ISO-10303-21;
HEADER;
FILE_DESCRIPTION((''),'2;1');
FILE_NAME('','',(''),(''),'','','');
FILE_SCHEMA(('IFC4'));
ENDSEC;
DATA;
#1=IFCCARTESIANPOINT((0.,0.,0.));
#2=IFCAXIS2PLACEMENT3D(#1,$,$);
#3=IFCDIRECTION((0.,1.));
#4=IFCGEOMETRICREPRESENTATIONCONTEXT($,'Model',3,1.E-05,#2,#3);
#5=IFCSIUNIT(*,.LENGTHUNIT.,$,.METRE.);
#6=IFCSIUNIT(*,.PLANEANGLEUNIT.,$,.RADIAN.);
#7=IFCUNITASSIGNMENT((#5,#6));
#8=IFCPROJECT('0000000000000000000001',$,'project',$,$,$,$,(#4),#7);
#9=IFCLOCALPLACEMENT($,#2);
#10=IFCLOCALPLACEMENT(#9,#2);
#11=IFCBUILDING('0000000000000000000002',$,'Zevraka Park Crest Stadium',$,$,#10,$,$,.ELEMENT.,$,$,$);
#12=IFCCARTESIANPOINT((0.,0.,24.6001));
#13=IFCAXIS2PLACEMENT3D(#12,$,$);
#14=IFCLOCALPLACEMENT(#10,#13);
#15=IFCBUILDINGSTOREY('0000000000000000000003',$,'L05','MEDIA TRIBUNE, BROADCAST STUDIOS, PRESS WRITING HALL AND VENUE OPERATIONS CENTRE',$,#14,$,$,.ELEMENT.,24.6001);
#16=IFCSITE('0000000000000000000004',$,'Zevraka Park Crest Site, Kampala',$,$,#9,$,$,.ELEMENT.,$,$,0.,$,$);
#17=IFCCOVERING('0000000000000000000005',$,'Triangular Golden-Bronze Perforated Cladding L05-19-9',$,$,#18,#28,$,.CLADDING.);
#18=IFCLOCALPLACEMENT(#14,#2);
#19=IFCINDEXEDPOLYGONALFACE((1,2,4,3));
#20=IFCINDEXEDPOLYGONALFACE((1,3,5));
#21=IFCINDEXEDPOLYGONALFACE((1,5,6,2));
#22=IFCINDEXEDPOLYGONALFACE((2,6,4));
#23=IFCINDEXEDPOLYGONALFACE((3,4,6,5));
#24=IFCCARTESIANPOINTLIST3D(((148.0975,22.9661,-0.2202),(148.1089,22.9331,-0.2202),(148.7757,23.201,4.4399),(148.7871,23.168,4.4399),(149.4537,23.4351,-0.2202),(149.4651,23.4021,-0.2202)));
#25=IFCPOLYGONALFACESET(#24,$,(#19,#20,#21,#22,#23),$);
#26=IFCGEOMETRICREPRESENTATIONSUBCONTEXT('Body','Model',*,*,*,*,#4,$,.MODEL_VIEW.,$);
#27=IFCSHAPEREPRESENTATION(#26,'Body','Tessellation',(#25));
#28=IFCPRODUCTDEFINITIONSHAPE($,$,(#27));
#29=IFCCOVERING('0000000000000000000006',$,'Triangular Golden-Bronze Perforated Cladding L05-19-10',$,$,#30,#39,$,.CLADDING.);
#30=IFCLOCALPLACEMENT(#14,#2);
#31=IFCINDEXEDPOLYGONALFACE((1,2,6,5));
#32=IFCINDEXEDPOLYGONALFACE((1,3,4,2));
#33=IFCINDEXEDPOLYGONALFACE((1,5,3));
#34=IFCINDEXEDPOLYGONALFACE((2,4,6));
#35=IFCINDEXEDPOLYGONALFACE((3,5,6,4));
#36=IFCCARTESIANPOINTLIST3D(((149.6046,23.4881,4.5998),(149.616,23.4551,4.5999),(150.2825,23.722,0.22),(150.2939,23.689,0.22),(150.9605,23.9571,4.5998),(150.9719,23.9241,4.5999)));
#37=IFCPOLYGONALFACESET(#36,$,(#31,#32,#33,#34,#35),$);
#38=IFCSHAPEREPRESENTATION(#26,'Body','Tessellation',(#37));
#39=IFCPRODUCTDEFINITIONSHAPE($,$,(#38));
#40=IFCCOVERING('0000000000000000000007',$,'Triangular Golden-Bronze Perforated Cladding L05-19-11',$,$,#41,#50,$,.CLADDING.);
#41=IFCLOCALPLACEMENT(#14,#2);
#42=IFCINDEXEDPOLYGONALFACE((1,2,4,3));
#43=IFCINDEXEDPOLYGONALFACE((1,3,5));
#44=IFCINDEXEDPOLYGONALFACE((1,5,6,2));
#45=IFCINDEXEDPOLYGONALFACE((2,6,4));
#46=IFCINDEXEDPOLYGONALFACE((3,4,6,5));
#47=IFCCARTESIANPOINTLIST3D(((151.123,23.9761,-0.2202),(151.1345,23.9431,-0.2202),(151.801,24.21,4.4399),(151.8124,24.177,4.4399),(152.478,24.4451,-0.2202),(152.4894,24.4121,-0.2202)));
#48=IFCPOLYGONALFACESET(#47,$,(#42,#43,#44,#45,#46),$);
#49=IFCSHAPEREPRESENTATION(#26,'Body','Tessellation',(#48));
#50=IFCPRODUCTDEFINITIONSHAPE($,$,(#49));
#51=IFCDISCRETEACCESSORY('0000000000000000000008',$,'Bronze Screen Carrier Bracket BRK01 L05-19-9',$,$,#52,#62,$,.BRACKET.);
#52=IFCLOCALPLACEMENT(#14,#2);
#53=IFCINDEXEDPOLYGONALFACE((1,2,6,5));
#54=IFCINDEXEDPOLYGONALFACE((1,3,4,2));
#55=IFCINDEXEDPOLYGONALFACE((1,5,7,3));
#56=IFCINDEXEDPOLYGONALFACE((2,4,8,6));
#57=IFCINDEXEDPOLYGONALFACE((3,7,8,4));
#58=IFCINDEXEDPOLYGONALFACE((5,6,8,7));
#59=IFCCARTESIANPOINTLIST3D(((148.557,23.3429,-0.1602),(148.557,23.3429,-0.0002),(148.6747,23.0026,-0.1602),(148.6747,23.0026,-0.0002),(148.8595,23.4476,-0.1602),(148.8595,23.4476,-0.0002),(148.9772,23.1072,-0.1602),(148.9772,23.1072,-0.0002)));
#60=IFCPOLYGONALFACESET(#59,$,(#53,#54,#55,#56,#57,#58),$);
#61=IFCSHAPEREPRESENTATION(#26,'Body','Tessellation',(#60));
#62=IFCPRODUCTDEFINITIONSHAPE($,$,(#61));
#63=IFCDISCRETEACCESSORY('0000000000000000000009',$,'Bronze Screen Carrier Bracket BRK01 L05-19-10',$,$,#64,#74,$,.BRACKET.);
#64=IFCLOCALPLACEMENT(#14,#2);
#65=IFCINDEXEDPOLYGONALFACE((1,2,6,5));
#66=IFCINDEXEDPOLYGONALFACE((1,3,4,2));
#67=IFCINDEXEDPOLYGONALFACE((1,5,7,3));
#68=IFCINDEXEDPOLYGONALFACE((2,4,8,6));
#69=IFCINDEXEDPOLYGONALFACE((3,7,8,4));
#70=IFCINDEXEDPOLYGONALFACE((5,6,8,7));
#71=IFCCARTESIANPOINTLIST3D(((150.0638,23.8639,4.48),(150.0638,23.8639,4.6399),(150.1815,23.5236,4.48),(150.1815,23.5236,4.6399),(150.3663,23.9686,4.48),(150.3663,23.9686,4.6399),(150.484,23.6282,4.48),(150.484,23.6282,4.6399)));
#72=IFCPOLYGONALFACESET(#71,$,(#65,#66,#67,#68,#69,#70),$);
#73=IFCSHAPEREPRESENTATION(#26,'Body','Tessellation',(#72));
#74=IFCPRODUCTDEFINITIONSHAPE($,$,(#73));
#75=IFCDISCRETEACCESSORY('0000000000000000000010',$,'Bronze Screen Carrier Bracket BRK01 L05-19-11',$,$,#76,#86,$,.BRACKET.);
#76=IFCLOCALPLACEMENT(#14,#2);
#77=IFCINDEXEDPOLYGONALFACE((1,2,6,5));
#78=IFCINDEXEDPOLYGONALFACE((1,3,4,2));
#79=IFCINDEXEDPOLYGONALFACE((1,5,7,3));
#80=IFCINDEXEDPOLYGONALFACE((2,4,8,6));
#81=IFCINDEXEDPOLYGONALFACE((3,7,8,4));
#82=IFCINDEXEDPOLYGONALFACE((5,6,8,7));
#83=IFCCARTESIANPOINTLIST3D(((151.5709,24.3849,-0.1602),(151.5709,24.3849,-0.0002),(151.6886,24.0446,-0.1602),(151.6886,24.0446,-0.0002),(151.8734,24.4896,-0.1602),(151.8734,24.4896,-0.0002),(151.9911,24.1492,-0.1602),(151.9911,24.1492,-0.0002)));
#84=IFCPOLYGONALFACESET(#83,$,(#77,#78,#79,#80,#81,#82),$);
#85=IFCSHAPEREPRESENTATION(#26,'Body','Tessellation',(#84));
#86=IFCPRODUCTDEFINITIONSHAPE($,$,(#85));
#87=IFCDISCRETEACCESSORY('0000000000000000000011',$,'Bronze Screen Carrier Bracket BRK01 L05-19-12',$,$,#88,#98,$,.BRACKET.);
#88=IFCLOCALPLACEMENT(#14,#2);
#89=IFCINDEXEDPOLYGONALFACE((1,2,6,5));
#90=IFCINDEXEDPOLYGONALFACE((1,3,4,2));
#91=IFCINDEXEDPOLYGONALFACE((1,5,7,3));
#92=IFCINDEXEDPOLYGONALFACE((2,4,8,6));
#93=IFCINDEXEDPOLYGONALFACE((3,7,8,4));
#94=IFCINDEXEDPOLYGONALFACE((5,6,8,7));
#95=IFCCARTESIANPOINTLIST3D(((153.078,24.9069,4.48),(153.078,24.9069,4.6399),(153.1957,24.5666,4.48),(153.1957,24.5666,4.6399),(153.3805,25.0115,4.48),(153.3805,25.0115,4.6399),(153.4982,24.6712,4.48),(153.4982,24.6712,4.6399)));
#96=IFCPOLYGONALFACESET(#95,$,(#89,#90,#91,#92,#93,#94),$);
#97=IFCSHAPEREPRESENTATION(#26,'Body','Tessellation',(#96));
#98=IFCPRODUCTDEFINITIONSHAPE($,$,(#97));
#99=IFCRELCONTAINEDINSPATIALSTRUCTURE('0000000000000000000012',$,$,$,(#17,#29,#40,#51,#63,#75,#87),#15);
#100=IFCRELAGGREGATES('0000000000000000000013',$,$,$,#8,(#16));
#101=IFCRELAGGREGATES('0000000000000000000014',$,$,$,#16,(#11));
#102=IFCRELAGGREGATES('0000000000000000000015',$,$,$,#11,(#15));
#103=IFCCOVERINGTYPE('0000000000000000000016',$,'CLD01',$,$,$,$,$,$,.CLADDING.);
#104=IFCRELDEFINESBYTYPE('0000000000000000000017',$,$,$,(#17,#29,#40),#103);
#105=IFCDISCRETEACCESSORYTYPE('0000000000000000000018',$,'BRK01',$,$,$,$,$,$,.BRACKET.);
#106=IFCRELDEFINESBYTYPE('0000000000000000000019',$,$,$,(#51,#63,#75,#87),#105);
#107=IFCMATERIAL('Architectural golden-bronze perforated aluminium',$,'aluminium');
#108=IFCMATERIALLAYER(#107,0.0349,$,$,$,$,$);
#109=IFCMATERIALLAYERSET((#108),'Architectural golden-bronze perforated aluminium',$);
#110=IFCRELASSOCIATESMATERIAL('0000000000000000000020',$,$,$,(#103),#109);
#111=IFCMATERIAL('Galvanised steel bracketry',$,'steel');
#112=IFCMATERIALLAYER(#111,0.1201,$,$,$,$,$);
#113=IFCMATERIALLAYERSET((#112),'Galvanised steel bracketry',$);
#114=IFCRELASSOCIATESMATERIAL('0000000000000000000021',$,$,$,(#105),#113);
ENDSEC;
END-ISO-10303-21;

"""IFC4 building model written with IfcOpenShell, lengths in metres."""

from ifc_helpers import new_model, si_unit, direction, frame, origin, origin_2d, place, context, subcontext, project, spatial, polyline, rectangle, outline, extrude, material, layer, layer_set, type_object, element, save


model = new_model("IFC4")

# Units and contexts
model_context = context("Model", 3, precision=1e-05, world=origin(), true_north=direction((0.0, 1.0)))
body_context = subcontext(model_context, "Body", "Model", "MODEL_VIEW")
ifc_project = project(units=[si_unit("LENGTHUNIT", "METRE"), si_unit("PLANEANGLEUNIT", "RADIAN")], contexts=[model_context])

# Site, building, storey
site_placement = place(None, origin())
site = spatial("IfcSite", under=ifc_project, at=site_placement, Name="Zevraka Park Crest Site, Kampala", CompositionType="ELEMENT", RefElevation=0.0)
building_placement = place(site_placement, origin())
building = spatial("IfcBuilding", under=site, at=building_placement, Name="Zevraka Park Crest Stadium", CompositionType="ELEMENT")
storey_placement = place(building_placement, frame((0.0, 0.0, 24.6001)))
storey = spatial("IfcBuildingStorey", under=building, at=storey_placement, Name="L05", Description="MEDIA TRIBUNE, BROADCAST STUDIOS, PRESS WRITING HALL AND VENUE OPERATIONS CENTRE", CompositionType="ELEMENT", Elevation=24.6001)

# Coverings
ifc_material_1 = material(Name="Architectural golden-bronze perforated aluminium", Category="aluminium")
ifc_layer_1 = layer(ifc_material_1, 0.0349)
ifc_layer_set_1 = layer_set([ifc_layer_1], Name="Architectural golden-bronze perforated aluminium")
covering_type = type_object("IfcCoveringType", Name="CLD01", PredefinedType="CLADDING", material=ifc_layer_set_1)
covering_1_placement = place(storey_placement, frame((148.1089, 22.9331, -0.2202), z_axis=(0.326824, -0.945085, 0.000066), x_axis=(0.945085, 0.326824, 0.0)))
element("IfcCovering", 1, at=covering_1_placement, inside=storey, type_object=covering_type, Name="Triangular Golden-Bronze Perforated Cladding L05-19-9", PredefinedType="CLADDING", context=body_context, shape_type="SweptSolid", body=[
    extrude(outline(polyline([(0.0, 0.0), (1.435, 0.0), (0.7177, 4.6602), (0.0, 0.0)])), origin(), (0.0, 0.0, -1.0), 0.0349),
])
covering_2_placement = place(storey_placement, frame((150.9719, 23.9241, 4.5999), z_axis=(0.326877, -0.945067, 0.000132), x_axis=(-0.945067, -0.326877, 0.0)))
element("IfcCovering", 2, at=covering_2_placement, inside=storey, type_object=covering_type, Name="Triangular Golden-Bronze Perforated Cladding L05-19-10", PredefinedType="CLADDING", context=body_context, shape_type="SweptSolid", body=[
    extrude(outline(polyline([(0.0, 0.0), (1.4348, 0.0), (0.7176, 4.3799), (0.0, 0.0)])), origin(), (0.0, 0.0, -1.0), 0.0349),
])
covering_3_placement = place(storey_placement, frame((151.123, 23.9761, -0.2202), z_axis=(-0.327087, 0.944994, 0.000158), x_axis=(0.944994, 0.327087, 0.0)))
element("IfcCovering", 3, at=covering_3_placement, inside=storey, type_object=covering_type, Name="Triangular Golden-Bronze Perforated Cladding L05-19-11", PredefinedType="CLADDING", context=body_context, shape_type="SweptSolid", body=[
    extrude(outline(polyline([(0.0, 0.0), (1.4339, 0.0), (0.7172, -4.6602), (0.0, 0.0)])), origin(), (0.0, 0.0, -1.0), 0.0349),
])

# Discrete accessories
ifc_material_2 = material(Name="Galvanised steel bracketry", Category="steel")
ifc_layer_2 = layer(ifc_material_2, 0.1201)
ifc_layer_set_2 = layer_set([ifc_layer_2], Name="Galvanised steel bracketry")
discrete_accessory_type = type_object("IfcDiscreteAccessoryType", Name="BRK01", PredefinedType="BRACKET", material=ifc_layer_set_2)
for number, where, z_axis, x_axis, name in (
    (4, (148.7671, 23.2251, -0.1602), (0.0, 0.0, 1.0), (0.945063, 0.326888, 0.0), "Bronze Screen Carrier Bracket BRK01 L05-19-9"),
    (5, (150.2739, 23.7461, 4.48), (0.0, 0.0, 1.0), (0.945063, 0.326888, 0.0), "Bronze Screen Carrier Bracket BRK01 L05-19-10"),
    (6, (151.781, 24.2671, -0.1602), (0.0, 0.0, 1.0), (0.945063, 0.326888, 0.0), "Bronze Screen Carrier Bracket BRK01 L05-19-11"),
    (7, (153.2881, 24.7891, 4.48), (0.0, 0.0, 1.0), (0.945063, 0.326888, 0.0), "Bronze Screen Carrier Bracket BRK01 L05-19-12"),
):
    element("IfcDiscreteAccessory", number, at=place(storey_placement, frame(where, z_axis=z_axis, x_axis=x_axis)), inside=storey, type_object=discrete_accessory_type, Name=name, PredefinedType="BRACKET", context=body_context, shape_type="SweptSolid", body=[
        extrude(rectangle(XDim=0.3201, YDim=0.3601, at=origin_2d()), origin(), (0.0, 0.0, 1.0), 0.1599),
    ])

save(model, "model.ifc")
